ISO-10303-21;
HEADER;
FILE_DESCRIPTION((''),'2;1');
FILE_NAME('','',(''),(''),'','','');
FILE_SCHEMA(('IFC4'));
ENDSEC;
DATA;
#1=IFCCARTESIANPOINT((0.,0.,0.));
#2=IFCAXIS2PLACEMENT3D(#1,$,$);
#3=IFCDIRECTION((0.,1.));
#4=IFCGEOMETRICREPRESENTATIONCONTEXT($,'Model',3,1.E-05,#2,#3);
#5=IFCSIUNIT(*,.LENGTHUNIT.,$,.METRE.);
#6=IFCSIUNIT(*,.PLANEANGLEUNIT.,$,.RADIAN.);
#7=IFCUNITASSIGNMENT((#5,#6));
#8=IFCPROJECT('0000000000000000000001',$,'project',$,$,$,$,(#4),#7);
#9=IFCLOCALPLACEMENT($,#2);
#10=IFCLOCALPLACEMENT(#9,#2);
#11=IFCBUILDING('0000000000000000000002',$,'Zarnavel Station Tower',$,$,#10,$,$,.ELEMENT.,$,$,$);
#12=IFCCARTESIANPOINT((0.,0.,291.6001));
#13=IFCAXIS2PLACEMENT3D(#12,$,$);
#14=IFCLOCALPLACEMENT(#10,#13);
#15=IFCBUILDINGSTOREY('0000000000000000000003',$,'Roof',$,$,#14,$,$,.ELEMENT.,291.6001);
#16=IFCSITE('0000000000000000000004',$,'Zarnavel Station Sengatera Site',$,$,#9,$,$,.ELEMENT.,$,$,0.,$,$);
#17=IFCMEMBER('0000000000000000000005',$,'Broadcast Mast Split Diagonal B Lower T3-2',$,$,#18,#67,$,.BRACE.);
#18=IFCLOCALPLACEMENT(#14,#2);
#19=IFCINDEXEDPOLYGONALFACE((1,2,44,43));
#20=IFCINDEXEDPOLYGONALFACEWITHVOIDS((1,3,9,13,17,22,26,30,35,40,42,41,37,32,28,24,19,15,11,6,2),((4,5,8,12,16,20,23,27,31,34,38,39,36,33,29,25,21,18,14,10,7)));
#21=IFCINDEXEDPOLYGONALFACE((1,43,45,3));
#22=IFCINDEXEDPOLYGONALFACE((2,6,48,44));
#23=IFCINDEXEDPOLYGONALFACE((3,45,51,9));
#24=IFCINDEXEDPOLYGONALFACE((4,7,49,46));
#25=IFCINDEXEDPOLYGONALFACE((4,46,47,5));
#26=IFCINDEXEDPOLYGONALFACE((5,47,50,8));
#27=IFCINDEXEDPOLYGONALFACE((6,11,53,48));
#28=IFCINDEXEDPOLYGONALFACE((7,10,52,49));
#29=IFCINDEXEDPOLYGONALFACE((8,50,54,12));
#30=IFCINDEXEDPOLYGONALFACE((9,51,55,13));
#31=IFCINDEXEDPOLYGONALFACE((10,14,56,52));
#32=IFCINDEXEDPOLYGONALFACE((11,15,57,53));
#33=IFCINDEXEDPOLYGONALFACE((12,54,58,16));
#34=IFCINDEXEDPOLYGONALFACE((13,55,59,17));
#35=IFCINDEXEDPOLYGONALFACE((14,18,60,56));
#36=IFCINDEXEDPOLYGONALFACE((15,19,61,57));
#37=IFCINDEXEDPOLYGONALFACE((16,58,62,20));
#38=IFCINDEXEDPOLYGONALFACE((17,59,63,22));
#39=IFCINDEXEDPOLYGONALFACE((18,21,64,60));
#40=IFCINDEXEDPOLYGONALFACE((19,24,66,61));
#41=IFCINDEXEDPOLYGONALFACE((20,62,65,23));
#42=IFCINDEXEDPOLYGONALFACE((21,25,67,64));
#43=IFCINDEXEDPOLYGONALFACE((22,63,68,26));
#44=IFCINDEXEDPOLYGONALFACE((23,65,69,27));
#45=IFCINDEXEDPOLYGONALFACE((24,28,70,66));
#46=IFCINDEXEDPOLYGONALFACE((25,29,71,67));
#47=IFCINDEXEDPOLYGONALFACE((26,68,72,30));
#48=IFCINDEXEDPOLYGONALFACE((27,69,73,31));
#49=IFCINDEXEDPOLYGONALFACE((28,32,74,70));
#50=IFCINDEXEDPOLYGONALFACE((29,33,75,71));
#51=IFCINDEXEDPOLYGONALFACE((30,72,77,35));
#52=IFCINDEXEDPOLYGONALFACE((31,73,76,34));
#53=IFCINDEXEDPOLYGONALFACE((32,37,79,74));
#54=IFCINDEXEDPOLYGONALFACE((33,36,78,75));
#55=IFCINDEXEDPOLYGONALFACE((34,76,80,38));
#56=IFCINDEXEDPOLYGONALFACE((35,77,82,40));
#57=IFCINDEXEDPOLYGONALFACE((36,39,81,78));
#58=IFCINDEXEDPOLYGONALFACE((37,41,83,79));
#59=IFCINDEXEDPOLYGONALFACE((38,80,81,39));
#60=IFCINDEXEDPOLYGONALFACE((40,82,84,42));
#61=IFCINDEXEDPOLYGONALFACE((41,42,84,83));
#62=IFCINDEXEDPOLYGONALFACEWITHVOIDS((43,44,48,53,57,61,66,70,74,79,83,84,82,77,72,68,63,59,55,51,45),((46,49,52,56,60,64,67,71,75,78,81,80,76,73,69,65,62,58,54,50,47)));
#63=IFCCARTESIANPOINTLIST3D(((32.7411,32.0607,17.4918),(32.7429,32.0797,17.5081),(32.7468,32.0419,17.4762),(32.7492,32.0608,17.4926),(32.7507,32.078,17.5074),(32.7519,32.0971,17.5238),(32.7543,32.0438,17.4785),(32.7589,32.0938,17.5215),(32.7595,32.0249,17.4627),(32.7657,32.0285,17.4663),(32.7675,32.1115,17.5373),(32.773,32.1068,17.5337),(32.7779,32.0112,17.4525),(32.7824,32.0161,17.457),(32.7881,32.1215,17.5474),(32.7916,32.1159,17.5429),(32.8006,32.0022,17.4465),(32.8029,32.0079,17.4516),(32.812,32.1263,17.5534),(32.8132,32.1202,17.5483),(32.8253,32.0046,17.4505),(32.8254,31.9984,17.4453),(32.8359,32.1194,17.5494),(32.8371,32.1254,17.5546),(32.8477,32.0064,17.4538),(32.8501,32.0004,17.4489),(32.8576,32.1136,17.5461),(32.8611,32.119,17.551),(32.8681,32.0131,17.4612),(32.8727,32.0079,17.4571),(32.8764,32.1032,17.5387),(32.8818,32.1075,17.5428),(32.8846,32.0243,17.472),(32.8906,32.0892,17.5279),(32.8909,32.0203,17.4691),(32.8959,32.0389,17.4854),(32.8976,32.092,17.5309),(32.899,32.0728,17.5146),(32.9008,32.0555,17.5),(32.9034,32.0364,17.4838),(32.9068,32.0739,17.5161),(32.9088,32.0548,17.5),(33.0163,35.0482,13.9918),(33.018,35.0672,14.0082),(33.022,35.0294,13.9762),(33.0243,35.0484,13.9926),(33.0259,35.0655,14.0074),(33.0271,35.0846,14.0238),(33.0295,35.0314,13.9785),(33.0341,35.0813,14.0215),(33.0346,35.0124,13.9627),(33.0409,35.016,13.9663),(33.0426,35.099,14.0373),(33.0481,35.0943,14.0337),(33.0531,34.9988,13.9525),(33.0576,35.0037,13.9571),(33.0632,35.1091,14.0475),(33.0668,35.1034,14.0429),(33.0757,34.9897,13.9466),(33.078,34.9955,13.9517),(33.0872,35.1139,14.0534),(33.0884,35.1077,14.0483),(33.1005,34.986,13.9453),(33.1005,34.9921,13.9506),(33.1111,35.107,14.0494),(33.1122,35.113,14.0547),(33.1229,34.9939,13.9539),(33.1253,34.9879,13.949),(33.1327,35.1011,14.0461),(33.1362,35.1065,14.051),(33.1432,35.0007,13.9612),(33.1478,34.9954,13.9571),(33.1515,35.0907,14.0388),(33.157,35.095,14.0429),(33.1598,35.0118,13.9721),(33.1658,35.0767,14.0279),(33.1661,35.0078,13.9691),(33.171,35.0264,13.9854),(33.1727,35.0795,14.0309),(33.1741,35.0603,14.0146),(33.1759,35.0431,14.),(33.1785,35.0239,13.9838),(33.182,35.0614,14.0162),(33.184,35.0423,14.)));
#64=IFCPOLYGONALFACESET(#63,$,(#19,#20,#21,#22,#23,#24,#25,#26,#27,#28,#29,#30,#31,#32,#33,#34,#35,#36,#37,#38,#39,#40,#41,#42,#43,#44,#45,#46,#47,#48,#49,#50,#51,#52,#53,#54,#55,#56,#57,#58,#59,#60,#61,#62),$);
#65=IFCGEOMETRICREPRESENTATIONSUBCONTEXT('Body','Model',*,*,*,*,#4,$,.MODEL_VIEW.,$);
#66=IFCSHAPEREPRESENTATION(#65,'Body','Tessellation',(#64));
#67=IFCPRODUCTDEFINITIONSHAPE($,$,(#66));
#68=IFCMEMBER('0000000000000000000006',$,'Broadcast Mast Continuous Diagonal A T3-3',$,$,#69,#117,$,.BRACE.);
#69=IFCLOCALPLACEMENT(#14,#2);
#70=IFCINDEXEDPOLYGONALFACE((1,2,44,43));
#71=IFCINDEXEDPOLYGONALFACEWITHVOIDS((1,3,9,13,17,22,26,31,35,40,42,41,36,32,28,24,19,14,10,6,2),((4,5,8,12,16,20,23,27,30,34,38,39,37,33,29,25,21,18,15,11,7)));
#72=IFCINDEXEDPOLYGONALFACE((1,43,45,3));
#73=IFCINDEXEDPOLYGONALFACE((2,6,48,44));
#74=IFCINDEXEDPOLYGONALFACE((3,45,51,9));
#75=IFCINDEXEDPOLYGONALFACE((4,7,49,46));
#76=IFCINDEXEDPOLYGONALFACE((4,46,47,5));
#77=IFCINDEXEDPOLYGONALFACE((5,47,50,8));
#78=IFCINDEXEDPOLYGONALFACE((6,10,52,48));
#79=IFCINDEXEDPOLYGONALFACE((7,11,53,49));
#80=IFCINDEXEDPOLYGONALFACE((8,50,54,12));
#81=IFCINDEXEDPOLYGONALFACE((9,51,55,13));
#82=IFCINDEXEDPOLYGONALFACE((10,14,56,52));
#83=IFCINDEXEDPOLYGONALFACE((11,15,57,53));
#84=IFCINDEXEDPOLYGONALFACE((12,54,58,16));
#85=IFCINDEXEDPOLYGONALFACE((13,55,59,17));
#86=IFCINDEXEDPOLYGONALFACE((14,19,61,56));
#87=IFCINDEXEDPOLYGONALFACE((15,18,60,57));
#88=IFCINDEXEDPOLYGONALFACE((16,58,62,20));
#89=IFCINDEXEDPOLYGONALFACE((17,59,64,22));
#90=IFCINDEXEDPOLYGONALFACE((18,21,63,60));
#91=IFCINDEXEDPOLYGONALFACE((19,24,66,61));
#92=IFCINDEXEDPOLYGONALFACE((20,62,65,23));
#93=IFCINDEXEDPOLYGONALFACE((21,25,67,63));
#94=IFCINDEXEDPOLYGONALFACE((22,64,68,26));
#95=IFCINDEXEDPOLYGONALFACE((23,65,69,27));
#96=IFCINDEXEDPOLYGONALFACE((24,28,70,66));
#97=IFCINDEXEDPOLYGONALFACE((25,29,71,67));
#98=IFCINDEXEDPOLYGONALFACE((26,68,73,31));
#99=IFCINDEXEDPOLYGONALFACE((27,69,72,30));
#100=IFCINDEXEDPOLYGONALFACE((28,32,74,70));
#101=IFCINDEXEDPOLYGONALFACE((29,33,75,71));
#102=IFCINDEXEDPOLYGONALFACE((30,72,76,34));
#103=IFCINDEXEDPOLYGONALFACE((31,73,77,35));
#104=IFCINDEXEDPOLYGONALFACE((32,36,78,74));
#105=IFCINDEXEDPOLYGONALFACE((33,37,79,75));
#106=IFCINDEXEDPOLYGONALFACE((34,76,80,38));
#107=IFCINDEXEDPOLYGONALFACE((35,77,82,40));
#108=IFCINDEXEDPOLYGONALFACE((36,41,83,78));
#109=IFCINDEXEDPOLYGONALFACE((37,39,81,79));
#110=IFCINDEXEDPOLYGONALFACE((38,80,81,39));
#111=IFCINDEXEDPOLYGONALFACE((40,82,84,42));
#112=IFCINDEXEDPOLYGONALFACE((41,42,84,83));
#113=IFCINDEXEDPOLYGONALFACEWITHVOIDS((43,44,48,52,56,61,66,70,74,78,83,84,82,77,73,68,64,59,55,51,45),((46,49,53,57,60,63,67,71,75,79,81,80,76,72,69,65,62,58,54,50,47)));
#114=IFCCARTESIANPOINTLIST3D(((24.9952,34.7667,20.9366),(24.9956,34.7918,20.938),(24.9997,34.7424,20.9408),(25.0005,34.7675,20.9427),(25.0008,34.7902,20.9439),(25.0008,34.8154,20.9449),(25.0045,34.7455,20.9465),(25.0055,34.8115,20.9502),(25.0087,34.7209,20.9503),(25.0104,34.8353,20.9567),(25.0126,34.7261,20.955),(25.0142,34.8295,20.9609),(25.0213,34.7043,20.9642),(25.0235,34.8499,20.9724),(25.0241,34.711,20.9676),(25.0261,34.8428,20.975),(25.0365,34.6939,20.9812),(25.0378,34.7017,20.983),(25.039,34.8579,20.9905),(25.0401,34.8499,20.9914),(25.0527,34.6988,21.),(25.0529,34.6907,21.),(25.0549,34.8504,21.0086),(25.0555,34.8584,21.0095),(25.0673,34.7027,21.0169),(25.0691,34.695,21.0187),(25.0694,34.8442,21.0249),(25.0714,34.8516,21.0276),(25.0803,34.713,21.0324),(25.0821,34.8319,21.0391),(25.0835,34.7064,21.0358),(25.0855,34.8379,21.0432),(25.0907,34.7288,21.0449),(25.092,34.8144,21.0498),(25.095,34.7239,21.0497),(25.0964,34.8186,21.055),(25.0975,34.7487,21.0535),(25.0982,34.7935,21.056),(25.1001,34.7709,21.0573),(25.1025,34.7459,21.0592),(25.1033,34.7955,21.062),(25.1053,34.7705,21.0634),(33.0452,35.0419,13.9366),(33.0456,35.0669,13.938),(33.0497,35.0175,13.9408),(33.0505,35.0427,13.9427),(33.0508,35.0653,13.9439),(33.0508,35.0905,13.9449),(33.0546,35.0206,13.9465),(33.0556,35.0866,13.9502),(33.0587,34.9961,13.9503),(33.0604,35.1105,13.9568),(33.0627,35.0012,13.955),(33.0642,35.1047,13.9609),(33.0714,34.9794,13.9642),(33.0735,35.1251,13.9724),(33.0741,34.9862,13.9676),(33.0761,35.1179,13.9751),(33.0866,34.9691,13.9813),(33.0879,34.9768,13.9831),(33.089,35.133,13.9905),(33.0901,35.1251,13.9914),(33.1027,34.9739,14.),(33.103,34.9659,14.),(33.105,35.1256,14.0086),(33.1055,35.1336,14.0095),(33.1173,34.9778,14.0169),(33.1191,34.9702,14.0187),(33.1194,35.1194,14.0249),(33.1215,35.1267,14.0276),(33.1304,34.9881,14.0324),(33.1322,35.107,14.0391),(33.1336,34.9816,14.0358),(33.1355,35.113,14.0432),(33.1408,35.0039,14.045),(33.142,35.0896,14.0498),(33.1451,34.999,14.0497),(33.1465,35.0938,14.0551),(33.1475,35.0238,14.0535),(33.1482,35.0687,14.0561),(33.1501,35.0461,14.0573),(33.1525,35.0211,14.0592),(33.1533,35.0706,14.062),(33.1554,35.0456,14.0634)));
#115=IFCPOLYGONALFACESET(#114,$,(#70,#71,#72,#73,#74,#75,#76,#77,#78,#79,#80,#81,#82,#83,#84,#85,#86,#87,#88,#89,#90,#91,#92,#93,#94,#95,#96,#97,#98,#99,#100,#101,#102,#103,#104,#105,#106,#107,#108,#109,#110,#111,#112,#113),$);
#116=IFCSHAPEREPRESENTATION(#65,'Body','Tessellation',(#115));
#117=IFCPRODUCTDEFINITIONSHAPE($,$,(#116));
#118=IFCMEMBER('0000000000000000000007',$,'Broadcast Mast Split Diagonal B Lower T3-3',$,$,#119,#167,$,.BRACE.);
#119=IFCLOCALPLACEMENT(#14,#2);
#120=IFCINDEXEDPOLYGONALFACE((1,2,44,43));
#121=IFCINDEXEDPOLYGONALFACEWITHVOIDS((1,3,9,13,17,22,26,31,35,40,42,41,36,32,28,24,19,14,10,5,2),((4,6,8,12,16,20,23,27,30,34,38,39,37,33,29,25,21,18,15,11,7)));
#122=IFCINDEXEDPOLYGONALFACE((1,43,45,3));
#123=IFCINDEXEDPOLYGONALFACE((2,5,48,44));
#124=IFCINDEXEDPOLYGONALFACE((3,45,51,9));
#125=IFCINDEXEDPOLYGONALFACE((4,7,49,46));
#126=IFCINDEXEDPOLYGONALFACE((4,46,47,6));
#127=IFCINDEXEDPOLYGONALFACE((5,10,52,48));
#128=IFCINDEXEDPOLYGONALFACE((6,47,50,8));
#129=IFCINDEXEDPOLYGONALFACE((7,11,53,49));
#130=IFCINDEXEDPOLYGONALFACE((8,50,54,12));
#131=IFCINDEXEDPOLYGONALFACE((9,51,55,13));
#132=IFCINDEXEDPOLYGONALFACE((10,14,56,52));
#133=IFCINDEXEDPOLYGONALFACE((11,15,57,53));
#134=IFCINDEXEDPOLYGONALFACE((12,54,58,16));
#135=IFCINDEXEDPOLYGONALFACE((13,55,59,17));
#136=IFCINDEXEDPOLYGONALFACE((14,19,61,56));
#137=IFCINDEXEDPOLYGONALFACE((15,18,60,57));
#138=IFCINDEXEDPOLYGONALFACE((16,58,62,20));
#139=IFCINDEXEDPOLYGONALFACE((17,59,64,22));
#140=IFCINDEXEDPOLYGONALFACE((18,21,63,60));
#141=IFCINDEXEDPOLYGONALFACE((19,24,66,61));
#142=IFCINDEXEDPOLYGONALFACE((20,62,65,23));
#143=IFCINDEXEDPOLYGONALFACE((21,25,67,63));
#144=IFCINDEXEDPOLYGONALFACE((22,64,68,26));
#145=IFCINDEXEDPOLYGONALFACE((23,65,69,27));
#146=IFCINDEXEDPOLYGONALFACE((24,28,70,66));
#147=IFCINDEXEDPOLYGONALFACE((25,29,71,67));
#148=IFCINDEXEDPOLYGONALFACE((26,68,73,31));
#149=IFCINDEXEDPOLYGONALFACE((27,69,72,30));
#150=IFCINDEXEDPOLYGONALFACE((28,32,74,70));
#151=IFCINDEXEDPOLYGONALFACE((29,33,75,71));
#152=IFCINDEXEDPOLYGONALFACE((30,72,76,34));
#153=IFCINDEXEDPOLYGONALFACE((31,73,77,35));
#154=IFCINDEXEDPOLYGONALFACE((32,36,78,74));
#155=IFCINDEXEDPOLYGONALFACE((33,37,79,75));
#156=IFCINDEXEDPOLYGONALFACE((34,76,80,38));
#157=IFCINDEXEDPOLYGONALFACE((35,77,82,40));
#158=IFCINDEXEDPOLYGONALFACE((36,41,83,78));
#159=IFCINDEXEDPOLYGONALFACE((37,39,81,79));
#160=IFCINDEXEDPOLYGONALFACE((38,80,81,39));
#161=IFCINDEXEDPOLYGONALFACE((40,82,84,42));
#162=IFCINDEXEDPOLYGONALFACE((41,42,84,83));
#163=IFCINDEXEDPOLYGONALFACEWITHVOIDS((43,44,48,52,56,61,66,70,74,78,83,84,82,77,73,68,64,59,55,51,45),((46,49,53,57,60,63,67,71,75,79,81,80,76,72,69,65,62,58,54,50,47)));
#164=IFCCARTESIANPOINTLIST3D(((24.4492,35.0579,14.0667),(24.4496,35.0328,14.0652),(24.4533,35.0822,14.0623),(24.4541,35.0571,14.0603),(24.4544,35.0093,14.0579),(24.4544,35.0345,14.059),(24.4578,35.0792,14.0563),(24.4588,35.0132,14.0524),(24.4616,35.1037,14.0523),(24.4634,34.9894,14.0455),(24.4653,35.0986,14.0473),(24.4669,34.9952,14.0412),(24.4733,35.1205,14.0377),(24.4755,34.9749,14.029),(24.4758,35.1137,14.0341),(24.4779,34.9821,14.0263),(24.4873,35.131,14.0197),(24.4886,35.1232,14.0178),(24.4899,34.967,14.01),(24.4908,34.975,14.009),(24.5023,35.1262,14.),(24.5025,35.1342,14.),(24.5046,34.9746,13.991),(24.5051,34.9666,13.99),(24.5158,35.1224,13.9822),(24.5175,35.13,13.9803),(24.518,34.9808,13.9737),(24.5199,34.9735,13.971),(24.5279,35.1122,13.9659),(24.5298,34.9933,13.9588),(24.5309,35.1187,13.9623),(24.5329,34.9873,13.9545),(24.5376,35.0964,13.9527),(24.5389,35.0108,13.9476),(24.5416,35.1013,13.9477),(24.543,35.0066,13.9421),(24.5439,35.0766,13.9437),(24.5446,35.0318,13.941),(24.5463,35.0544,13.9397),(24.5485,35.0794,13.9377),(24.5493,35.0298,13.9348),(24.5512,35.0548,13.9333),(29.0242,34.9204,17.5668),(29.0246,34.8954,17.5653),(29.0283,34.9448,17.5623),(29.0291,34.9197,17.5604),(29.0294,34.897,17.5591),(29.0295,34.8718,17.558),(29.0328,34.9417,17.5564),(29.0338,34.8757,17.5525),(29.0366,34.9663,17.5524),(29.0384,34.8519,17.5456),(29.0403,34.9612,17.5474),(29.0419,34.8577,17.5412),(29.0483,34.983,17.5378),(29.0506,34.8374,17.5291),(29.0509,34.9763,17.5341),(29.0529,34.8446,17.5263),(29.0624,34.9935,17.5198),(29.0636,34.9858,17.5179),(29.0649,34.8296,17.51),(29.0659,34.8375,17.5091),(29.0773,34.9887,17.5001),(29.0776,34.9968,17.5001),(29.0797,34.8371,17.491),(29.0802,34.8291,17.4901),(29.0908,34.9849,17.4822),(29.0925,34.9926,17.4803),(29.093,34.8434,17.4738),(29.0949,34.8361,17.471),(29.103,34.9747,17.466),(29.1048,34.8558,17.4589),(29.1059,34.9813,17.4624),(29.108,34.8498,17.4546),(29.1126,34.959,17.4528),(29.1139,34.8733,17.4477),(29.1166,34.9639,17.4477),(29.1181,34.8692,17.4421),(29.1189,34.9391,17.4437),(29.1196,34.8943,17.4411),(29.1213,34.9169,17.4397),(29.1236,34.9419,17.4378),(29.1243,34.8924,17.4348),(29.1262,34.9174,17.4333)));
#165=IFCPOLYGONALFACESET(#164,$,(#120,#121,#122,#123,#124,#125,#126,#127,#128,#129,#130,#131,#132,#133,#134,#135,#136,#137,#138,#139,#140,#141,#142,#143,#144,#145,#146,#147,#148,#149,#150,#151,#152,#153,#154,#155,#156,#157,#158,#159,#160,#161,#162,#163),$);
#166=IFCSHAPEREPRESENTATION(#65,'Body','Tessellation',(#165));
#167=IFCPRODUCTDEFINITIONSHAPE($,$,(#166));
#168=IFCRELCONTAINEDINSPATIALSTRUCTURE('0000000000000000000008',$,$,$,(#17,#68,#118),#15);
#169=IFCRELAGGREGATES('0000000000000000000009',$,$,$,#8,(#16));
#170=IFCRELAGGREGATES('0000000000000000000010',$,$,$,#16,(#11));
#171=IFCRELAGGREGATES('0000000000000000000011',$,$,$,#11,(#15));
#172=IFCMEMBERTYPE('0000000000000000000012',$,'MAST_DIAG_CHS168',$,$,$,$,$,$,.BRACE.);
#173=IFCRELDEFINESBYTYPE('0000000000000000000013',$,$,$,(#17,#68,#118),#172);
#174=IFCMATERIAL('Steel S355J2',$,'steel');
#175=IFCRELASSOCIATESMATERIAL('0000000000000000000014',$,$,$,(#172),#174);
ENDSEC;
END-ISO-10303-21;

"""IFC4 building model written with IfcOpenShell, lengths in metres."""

from ifc_helpers import new_model, si_unit, direction, frame, origin, origin_2d, place, context, subcontext, project, spatial, hollow_circle, extrude, material, material_profile, profile_set, type_object, element, save


model = new_model("IFC4")

# Units and contexts
model_context = context("Model", 3, precision=1e-05, world=origin(), true_north=direction((0.0, 1.0)))
body_context = subcontext(model_context, "Body", "Model", "MODEL_VIEW")
ifc_project = project(units=[si_unit("LENGTHUNIT", "METRE"), si_unit("PLANEANGLEUNIT", "RADIAN")], contexts=[model_context])

# Site, building, storey
site_placement = place(None, origin())
site = spatial("IfcSite", under=ifc_project, at=site_placement, Name="Zarnavel Station Sengatera Site", CompositionType="ELEMENT", RefElevation=0.0)
building_placement = place(site_placement, origin())
building = spatial("IfcBuilding", under=site, at=building_placement, Name="Zarnavel Station Tower", CompositionType="ELEMENT")
storey_placement = place(building_placement, frame((0.0, 0.0, 291.6001)))
storey = spatial("IfcBuildingStorey", under=building, at=storey_placement, Name="Roof", CompositionType="ELEMENT", Elevation=291.6001)

# Members
ifc_material_1 = material(Name="Steel S355J2", Category="steel")
ifc_material_profile_1 = material_profile(ifc_material_1, hollow_circle(Radius=0.0842, WallThickness=0.0081, at=origin_2d()), Name="CHS168.3x8")
ifc_profile_set_1 = profile_set([ifc_material_profile_1], Name="Steel S355J2")
member_type_1 = type_object("IfcMemberType", Name="MAST_DIAG_CHS168", PredefinedType="BRACE", material=ifc_profile_set_1)
member_1_placement = place(storey_placement, frame((33.1001, 35.05, 14.0), z_axis=(-0.059686, -0.648073, 0.759236), x_axis=(0.995786, -0.09171, 0.0)))
element("IfcMember", 1, at=member_1_placement, inside=storey, type_object=member_type_1, Name="Broadcast Mast Split Diagonal B Lower T3-2", PredefinedType="BRACE", context=body_context, shape_type="SweptSolid", body=[
    extrude(hollow_circle(Radius=0.0842, WallThickness=0.0081, at=origin_2d()), origin(), (0.0, 0.0, 1.0), 4.6099),
])
member_2_placement = place(storey_placement, frame((33.1001, 35.05, 14.0), z_axis=(-0.754357, -0.025784, 0.655958), x_axis=(0.03416, -0.999416, 0.0)))
element("IfcMember", 2, at=member_2_placement, inside=storey, type_object=member_type_1, Name="Broadcast Mast Continuous Diagonal A T3-3", PredefinedType="BRACE", context=body_context, shape_type="SweptSolid", body=[
    extrude(hollow_circle(Radius=0.0842, WallThickness=0.0081, at=origin_2d()), origin(), (0.0, 0.0, 1.0), 10.6714),
])
member_3_placement = place(storey_placement, frame((24.5, 35.05, 14.0), z_axis=(0.794005, -0.023855, 0.607442), x_axis=(0.030031, 0.999549, 0.0)))
element("IfcMember", 3, at=member_3_placement, inside=storey, type_object=member_type_1, Name="Broadcast Mast Split Diagonal B Lower T3-3", PredefinedType="BRACE", context=body_context, shape_type="SweptSolid", body=[
    extrude(hollow_circle(Radius=0.0842, WallThickness=0.0081, at=origin_2d()), origin(), (0.0, 0.0, 1.0), 5.762),
])

save(model, "model.ifc")
